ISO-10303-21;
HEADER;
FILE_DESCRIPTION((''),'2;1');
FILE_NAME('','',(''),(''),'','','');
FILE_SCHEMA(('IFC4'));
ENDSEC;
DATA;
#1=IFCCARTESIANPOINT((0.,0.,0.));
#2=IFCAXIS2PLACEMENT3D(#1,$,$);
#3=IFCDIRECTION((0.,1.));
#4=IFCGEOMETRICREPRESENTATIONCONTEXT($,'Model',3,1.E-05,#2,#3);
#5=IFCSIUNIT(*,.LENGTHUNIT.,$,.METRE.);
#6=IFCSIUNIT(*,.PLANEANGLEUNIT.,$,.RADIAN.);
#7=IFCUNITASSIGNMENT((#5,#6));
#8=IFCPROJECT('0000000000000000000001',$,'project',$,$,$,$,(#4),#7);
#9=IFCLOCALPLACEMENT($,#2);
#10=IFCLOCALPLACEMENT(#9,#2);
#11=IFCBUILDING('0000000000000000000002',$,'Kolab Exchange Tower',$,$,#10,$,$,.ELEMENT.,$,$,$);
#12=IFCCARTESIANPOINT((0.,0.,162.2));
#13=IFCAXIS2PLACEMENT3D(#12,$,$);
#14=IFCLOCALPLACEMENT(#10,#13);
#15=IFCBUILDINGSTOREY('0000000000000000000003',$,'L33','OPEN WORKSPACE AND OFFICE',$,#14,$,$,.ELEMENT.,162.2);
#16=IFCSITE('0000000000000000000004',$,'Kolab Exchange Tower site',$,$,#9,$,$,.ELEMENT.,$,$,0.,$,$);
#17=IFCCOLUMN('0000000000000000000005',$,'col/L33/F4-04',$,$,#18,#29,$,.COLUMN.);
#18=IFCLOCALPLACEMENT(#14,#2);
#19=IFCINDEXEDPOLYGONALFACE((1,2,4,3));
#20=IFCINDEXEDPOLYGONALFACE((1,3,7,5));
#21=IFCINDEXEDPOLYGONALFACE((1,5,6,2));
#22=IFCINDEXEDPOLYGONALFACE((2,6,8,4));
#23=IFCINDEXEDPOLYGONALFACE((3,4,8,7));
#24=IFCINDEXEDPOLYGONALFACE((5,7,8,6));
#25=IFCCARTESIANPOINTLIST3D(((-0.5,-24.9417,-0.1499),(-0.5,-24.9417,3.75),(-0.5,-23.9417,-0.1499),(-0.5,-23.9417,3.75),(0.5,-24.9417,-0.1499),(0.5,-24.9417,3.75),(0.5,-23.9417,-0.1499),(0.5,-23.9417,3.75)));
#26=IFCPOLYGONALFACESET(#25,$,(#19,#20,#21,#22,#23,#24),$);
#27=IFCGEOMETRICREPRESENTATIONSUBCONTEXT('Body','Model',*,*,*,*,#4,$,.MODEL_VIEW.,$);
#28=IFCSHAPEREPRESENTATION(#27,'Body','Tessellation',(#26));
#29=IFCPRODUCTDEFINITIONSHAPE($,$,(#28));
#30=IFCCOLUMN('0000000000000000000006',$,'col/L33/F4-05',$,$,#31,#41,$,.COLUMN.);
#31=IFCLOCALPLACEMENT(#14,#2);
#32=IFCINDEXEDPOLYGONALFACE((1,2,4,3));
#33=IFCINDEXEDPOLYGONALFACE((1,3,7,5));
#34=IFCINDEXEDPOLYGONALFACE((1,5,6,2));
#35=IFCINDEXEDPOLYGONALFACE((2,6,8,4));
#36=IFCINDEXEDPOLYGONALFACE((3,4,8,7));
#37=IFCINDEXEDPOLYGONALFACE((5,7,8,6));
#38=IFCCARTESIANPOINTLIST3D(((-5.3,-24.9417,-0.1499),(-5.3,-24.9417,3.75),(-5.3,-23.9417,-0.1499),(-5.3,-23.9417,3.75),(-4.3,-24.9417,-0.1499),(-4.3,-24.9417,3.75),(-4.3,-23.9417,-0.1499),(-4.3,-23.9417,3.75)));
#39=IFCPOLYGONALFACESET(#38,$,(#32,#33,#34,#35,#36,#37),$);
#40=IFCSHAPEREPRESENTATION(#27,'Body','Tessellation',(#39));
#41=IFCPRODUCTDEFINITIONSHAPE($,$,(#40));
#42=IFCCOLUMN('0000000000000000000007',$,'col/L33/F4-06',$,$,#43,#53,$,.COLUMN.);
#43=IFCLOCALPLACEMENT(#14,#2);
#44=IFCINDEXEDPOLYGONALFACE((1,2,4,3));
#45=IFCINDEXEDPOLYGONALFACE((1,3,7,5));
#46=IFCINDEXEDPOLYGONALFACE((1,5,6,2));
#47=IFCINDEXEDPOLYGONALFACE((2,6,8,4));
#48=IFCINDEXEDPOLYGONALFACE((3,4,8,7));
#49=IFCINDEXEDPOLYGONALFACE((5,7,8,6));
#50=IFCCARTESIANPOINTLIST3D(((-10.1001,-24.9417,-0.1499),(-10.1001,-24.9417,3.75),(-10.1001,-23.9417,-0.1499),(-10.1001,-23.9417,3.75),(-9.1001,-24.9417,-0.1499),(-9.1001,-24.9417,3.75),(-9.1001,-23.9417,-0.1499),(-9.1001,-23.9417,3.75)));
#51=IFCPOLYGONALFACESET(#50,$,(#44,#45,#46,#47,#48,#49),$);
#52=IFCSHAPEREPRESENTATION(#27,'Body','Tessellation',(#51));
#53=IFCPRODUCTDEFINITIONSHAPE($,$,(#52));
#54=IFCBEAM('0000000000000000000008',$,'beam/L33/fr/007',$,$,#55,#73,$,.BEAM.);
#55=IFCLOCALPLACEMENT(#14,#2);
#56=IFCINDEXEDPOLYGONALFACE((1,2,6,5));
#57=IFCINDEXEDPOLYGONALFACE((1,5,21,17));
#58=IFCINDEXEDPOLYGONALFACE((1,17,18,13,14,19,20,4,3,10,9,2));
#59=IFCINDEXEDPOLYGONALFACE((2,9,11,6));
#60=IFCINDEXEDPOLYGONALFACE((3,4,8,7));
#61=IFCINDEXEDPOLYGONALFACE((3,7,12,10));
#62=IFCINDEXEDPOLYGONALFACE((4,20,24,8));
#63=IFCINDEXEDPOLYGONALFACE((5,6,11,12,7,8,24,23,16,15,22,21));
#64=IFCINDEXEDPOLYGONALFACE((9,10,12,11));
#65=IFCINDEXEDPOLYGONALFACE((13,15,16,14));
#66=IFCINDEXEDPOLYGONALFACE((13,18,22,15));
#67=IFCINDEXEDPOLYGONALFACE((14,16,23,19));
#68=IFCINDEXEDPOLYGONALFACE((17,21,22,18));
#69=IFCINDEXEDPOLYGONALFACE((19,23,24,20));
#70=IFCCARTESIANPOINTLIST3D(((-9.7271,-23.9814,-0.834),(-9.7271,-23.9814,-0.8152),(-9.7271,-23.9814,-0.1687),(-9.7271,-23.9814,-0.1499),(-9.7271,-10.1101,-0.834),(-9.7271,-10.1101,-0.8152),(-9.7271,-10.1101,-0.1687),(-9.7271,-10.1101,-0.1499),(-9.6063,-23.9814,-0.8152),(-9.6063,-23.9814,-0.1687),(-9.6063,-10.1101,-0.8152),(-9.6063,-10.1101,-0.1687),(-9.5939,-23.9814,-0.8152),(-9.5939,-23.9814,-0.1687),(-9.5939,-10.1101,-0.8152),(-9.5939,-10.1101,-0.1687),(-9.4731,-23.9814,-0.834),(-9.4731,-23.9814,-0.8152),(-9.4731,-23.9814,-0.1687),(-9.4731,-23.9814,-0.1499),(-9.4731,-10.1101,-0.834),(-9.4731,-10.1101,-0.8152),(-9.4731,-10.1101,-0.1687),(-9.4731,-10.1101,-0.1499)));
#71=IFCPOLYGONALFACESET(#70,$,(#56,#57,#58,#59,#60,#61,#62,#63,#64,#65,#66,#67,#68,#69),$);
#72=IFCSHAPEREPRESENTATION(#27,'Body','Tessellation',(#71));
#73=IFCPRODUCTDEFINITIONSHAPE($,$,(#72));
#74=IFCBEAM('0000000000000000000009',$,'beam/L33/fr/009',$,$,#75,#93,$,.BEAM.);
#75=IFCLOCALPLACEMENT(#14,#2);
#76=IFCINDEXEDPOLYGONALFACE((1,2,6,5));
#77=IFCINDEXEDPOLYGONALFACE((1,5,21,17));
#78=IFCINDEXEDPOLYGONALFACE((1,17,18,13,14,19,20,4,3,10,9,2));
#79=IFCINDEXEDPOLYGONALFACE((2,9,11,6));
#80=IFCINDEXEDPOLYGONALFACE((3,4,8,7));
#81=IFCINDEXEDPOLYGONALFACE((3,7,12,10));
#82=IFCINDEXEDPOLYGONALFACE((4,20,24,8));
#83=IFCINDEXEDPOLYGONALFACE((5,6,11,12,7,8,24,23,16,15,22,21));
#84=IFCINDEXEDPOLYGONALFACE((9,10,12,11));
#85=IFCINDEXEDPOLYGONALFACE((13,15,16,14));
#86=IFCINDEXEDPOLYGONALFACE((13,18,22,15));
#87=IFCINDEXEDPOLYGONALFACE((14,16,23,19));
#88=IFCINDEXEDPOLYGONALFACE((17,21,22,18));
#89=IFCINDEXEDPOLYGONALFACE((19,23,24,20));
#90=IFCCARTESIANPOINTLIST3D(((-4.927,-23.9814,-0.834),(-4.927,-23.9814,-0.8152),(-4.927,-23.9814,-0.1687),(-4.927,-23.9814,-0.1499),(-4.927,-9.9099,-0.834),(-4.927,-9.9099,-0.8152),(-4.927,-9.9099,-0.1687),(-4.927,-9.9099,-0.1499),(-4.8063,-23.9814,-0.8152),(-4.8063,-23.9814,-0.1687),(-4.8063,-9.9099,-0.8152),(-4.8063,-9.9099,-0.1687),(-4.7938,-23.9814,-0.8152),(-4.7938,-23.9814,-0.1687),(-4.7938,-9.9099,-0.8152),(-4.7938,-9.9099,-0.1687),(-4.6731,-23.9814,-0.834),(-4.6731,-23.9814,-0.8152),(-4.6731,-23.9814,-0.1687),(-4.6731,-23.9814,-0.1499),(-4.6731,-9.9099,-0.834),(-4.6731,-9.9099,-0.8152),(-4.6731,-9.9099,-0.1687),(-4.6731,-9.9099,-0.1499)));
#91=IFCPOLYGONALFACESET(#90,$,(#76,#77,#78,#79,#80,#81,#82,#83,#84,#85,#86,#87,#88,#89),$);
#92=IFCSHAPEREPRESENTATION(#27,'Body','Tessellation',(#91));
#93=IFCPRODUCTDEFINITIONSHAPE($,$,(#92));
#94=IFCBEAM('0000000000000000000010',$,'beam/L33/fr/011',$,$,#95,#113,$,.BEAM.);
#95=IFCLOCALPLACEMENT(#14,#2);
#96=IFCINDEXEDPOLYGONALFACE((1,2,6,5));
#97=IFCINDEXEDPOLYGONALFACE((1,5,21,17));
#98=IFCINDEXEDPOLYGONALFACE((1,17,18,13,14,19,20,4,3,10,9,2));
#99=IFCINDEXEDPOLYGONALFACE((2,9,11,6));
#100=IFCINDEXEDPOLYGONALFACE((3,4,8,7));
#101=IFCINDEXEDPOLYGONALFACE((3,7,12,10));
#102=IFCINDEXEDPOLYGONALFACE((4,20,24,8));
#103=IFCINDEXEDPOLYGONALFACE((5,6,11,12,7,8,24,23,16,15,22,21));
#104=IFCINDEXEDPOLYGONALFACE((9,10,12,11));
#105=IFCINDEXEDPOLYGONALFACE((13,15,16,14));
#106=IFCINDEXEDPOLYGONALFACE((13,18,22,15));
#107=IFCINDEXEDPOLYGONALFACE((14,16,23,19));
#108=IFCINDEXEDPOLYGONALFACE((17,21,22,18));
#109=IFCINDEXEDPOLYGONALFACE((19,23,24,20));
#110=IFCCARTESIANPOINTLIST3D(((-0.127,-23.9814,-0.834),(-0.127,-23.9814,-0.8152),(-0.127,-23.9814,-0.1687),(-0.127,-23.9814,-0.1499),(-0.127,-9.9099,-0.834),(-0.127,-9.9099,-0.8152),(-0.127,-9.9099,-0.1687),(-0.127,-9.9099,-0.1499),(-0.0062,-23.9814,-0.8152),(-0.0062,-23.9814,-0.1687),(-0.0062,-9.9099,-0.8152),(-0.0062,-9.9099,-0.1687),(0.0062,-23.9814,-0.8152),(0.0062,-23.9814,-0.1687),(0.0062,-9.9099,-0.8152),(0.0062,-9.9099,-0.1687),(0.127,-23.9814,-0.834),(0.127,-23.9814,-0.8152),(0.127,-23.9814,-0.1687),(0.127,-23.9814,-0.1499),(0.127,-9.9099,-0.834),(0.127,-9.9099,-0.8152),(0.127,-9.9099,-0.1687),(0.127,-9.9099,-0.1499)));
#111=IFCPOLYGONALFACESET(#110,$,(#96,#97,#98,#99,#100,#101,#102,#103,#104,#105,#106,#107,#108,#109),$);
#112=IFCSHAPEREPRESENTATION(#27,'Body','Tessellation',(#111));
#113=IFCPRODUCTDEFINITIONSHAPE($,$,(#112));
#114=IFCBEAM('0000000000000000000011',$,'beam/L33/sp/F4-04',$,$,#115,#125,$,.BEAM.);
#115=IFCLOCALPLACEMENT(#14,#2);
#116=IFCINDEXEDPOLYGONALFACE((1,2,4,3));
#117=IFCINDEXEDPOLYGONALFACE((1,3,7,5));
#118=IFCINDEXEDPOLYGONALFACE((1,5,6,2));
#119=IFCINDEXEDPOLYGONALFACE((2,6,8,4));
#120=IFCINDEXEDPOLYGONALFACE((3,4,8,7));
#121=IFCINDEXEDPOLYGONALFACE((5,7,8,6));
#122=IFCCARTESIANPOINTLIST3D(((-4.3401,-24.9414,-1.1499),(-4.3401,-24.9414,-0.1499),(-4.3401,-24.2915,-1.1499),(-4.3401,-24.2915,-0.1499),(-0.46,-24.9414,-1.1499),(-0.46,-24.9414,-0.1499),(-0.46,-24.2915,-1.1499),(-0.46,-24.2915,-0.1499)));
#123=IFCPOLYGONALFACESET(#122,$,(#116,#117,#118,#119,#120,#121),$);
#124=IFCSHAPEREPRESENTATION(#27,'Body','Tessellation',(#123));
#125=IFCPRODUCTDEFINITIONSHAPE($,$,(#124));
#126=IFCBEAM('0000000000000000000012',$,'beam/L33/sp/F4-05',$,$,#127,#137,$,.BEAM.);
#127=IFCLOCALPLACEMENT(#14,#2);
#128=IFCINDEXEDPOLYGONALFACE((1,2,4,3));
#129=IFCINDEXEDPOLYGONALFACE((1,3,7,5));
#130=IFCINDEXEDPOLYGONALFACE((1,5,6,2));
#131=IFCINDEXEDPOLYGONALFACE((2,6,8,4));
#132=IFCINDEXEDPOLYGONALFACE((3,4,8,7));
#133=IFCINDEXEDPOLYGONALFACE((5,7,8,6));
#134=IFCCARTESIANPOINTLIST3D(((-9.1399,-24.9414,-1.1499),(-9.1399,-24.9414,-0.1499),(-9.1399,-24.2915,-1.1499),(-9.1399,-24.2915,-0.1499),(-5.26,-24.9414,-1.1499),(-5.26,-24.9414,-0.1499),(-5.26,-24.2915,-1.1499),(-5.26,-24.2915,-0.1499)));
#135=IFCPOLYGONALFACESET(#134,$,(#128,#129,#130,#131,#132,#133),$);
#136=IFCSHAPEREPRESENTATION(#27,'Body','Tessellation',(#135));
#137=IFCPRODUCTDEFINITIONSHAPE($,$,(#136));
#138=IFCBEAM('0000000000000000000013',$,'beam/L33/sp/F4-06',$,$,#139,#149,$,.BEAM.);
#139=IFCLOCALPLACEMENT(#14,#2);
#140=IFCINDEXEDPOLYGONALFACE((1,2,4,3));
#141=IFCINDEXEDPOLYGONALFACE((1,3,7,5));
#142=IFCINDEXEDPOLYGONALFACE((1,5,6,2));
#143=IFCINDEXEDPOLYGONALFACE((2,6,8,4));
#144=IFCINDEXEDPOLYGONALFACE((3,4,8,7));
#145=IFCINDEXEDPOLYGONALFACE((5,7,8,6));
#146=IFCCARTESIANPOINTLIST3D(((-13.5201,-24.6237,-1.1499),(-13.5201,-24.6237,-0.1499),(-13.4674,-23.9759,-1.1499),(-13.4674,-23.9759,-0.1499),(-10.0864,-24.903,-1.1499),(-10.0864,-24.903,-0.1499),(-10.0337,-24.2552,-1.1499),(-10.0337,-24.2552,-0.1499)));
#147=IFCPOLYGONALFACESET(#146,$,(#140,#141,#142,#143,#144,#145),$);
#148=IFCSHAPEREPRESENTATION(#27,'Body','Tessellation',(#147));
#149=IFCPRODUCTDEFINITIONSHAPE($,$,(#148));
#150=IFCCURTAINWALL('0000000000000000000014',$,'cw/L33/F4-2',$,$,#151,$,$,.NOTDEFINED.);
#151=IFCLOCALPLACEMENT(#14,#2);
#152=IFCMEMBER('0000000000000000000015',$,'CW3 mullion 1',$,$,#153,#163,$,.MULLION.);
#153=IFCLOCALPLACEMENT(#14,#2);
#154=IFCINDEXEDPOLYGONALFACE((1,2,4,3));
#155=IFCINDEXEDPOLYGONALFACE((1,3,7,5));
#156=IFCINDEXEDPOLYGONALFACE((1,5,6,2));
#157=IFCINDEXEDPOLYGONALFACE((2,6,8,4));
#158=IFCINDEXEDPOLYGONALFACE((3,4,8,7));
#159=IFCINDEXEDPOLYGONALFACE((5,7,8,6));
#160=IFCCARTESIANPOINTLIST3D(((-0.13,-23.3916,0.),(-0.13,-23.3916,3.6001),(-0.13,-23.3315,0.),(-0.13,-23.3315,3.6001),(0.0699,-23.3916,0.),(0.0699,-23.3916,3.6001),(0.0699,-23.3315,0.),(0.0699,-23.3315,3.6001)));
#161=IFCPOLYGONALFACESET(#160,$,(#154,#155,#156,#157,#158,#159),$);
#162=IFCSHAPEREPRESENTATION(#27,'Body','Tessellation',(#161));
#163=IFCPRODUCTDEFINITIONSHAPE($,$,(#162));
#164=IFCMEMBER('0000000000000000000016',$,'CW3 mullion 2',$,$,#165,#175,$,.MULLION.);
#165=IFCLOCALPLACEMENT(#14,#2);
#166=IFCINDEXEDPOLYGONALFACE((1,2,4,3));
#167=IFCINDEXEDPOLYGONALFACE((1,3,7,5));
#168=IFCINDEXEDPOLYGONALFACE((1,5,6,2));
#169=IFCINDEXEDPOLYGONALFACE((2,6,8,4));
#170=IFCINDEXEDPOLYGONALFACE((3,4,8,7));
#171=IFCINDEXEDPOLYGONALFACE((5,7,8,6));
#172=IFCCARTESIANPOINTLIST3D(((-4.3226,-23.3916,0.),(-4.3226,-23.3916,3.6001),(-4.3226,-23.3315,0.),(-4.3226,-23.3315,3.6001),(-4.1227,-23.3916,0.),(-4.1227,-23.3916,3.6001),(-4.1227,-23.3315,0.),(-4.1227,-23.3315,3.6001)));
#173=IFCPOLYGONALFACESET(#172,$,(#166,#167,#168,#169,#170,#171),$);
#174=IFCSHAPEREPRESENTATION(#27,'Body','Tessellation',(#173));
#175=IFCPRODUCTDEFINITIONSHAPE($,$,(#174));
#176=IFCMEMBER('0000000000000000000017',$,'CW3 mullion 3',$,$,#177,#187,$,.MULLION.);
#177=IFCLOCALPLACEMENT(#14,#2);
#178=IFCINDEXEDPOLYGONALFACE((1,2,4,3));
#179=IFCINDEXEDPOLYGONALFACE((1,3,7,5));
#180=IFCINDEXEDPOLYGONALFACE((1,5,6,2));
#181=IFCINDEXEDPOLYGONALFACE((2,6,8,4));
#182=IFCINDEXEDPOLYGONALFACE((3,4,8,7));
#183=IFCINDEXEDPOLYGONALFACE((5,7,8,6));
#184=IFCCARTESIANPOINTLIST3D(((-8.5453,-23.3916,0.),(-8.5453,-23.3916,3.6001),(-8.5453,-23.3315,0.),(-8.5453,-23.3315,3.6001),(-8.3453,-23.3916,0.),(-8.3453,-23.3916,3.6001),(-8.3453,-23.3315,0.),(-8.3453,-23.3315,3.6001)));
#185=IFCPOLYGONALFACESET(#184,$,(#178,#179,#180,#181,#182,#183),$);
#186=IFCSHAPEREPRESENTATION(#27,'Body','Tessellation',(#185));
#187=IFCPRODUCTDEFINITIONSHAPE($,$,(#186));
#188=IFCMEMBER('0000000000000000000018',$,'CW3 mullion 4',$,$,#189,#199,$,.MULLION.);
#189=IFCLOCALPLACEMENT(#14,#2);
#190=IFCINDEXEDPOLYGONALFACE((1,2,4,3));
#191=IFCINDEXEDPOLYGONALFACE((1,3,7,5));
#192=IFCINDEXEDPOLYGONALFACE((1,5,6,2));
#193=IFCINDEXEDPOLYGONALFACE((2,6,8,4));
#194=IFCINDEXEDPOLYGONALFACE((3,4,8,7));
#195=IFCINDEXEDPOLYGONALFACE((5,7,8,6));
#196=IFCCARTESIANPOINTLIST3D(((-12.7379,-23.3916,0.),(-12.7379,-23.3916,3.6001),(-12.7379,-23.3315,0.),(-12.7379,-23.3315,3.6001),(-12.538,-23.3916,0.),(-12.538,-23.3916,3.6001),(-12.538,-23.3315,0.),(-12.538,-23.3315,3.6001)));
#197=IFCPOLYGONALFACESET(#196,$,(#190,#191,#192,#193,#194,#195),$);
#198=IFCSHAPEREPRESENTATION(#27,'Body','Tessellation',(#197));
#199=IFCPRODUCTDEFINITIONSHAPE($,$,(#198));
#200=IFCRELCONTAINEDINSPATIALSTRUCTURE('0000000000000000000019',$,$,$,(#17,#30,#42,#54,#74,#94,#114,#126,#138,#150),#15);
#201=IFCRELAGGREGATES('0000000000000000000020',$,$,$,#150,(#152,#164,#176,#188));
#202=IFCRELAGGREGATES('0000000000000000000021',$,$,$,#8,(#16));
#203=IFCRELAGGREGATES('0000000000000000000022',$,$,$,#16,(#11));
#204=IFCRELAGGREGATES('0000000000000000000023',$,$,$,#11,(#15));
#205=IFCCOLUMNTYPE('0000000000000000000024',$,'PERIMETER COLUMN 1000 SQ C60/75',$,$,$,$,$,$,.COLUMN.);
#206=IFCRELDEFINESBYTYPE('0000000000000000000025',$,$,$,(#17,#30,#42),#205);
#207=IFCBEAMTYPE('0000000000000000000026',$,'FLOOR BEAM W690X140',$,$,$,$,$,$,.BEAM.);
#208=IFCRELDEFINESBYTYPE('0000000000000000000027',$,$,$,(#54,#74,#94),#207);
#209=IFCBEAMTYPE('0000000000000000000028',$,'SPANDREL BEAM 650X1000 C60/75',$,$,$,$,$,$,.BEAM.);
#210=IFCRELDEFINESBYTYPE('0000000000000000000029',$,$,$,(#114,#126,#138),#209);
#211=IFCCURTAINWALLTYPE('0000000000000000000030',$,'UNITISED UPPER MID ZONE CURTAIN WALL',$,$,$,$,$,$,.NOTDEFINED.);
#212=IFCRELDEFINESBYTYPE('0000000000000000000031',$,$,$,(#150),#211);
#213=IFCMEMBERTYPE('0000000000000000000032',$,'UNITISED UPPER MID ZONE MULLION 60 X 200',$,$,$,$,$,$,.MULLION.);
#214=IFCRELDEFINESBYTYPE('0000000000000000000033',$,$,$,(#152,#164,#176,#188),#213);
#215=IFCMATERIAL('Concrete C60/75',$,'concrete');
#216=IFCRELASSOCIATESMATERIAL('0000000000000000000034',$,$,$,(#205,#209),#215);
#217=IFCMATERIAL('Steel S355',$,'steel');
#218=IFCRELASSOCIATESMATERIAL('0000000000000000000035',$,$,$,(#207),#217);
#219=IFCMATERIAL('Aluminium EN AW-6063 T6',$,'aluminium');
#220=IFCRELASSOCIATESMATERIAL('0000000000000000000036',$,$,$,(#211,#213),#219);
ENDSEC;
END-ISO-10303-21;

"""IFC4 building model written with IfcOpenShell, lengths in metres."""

from ifc_helpers import new_model, si_unit, direction, frame, origin, origin_2d, place, context, subcontext, project, spatial, rectangle, i_section, extrude, material, material_profile, profile_set, type_object, element, aggregate, save


model = new_model("IFC4")

# Units and contexts
model_context = context("Model", 3, precision=1e-05, world=origin(), true_north=direction((0.0, 1.0)))
body_context = subcontext(model_context, "Body", "Model", "MODEL_VIEW")
ifc_project = project(units=[si_unit("LENGTHUNIT", "METRE"), si_unit("PLANEANGLEUNIT", "RADIAN")], contexts=[model_context])

# Site, building, storey
site_placement = place(None, origin())
site = spatial("IfcSite", under=ifc_project, at=site_placement, Name="Kolab Exchange Tower site", CompositionType="ELEMENT", RefElevation=0.0)
building_placement = place(site_placement, origin())
building = spatial("IfcBuilding", under=site, at=building_placement, Name="Kolab Exchange Tower", CompositionType="ELEMENT")
storey_placement = place(building_placement, frame((0.0, 0.0, 162.2)))
storey = spatial("IfcBuildingStorey", under=building, at=storey_placement, Name="L33", Description="OPEN WORKSPACE AND OFFICE", CompositionType="ELEMENT", Elevation=162.2)

# Columns
ifc_material_1 = material(Name="Concrete C60/75", Category="concrete")
ifc_material_profile_1 = material_profile(ifc_material_1, rectangle(XDim=1.0, YDim=1.0, at=origin_2d()), Name="RC1000")
ifc_profile_set_1 = profile_set([ifc_material_profile_1], Name="Concrete C60/75")
column_type = type_object("IfcColumnType", Name="PERIMETER COLUMN 1000 SQ C60/75", PredefinedType="COLUMN", material=ifc_profile_set_1)
for number, where, z_axis, x_axis, name in (
    (1, (0.0, -24.4417, -0.1499), (0.0, 0.0, 1.0), (1.0, 0.0, 0.0), "col/L33/F4-04"),
    (2, (-4.8, -24.4417, -0.1499), (0.0, 0.0, 1.0), (1.0, 0.0, 0.0), "col/L33/F4-05"),
    (3, (-9.6001, -24.4417, -0.1499), (0.0, 0.0, 1.0), (1.0, 0.0, 0.0), "col/L33/F4-06"),
):
    element("IfcColumn", number, at=place(storey_placement, frame(where, z_axis=z_axis, x_axis=x_axis)), inside=storey, type_object=column_type, Name=name, PredefinedType="COLUMN", context=body_context, shape_type="SweptSolid", body=[
        extrude(rectangle(XDim=1.0, YDim=1.0, at=origin_2d()), origin(), (0.0, 0.0, 1.0), 3.8999),
    ])

# Beams
ifc_material_2 = material(Name="Steel S355", Category="steel")
ifc_material_profile_2 = material_profile(ifc_material_2, i_section(OverallWidth=0.2539, OverallDepth=0.6841, WebThickness=0.0125, FlangeThickness=0.0188, at=origin_2d()), Name="W690X140")
ifc_profile_set_2 = profile_set([ifc_material_profile_2], Name="Steel S355")
beam_type_1 = type_object("IfcBeamType", Name="FLOOR BEAM W690X140", PredefinedType="BEAM", material=ifc_profile_set_2)
beam_1_placement = place(storey_placement, frame((-9.6001, -23.9814, -0.4919), z_axis=(0.0, 1.0, 0.0), x_axis=(-1.0, 0.0, 0.0)))
element("IfcBeam", 4, at=beam_1_placement, inside=storey, type_object=beam_type_1, Name="beam/L33/fr/007", PredefinedType="BEAM", context=body_context, shape_type="SweptSolid", body=[
    extrude(i_section(OverallWidth=0.2539, OverallDepth=0.6841, WebThickness=0.0125, FlangeThickness=0.0188, at=origin_2d()), origin(), (0.0, 0.0, 1.0), 13.8713),
])
for number, where, z_axis, x_axis, name in (
    (5, (-4.8, -23.9814, -0.4919), (0.0, 1.0, 0.0), (-1.0, 0.0, 0.0), "beam/L33/fr/009"),
    (6, (0.0, -23.9814, -0.4919), (0.0, 1.0, 0.0), (-1.0, 0.0, 0.0), "beam/L33/fr/011"),
):
    element("IfcBeam", number, at=place(storey_placement, frame(where, z_axis=z_axis, x_axis=x_axis)), inside=storey, type_object=beam_type_1, Name=name, PredefinedType="BEAM", context=body_context, shape_type="SweptSolid", body=[
        extrude(i_section(OverallWidth=0.2539, OverallDepth=0.6841, WebThickness=0.0125, FlangeThickness=0.0188, at=origin_2d()), origin(), (0.0, 0.0, 1.0), 14.0715),
    ])
ifc_material_profile_3 = material_profile(ifc_material_1, rectangle(XDim=0.6499, YDim=1.0, at=origin_2d()), Name="RC650X1000")
ifc_profile_set_3 = profile_set([ifc_material_profile_3], Name="Concrete C60/75")
beam_type_2 = type_object("IfcBeamType", Name="SPANDREL BEAM 650X1000 C60/75", PredefinedType="BEAM", material=ifc_profile_set_3)
beam_2_placement = place(storey_placement, frame((-0.46, -24.6165, -0.6499), z_axis=(-1.0, 0.0, 0.0), x_axis=(0.0, -1.0, 0.0)))
element("IfcBeam", 7, at=beam_2_placement, inside=storey, type_object=beam_type_2, Name="beam/L33/sp/F4-04", PredefinedType="BEAM", context=body_context, shape_type="SweptSolid", body=[
    extrude(rectangle(XDim=0.6499, YDim=1.0, at=origin_2d()), origin(), (0.0, 0.0, 1.0), 3.8801),
])
beam_3_placement = place(storey_placement, frame((-5.26, -24.6165, -0.6499), z_axis=(-1.0, 0.0, 0.0), x_axis=(0.0, -1.0, 0.0)))
element("IfcBeam", 8, at=beam_3_placement, inside=storey, type_object=beam_type_2, Name="beam/L33/sp/F4-05", PredefinedType="BEAM", context=body_context, shape_type="SweptSolid", body=[
    extrude(rectangle(XDim=0.6499, YDim=1.0, at=origin_2d()), origin(), (0.0, 0.0, 1.0), 3.8799),
])
beam_4_placement = place(storey_placement, frame((-10.0601, -24.5791, -0.6499), z_axis=(-0.996708, 0.081069, 0.0), x_axis=(-0.081069, -0.996708, 0.0)))
element("IfcBeam", 9, at=beam_4_placement, inside=storey, type_object=beam_type_2, Name="beam/L33/sp/F4-06", PredefinedType="BEAM", context=body_context, shape_type="SweptSolid", body=[
    extrude(rectangle(XDim=0.6499, YDim=1.0, at=origin_2d()), origin(), (0.0, 0.0, 1.0), 3.4451),
])

# Curtain wall, members
ifc_material_3 = material(Name="Aluminium EN AW-6063 T6", Category="aluminium")
curtain_wall_type = type_object("IfcCurtainWallType", Name="UNITISED UPPER MID ZONE CURTAIN WALL", PredefinedType="NOTDEFINED", material=ifc_material_3)
curtain_wall_1_placement = place(storey_placement, origin())
curtain_wall_1 = element("IfcCurtainWall", 10, at=curtain_wall_1_placement, inside=storey, type_object=curtain_wall_type, Name="cw/L33/F4-2", PredefinedType="NOTDEFINED")
ifc_material_profile_4 = material_profile(ifc_material_3, rectangle(XDim=0.0601, YDim=0.2, at=origin_2d()), Name="RECT 60X200")
ifc_profile_set_4 = profile_set([ifc_material_profile_4], Name="Aluminium EN AW-6063 T6")
member_type_1 = type_object("IfcMemberType", Name="UNITISED UPPER MID ZONE MULLION 60 X 200", PredefinedType="MULLION", material=ifc_profile_set_4)
member_1_placement = place(storey_placement, frame((-0.03, -23.3616, 0.0), z_axis=(0.0, 0.0, 1.0), x_axis=(0.0, -1.0, 0.0)))
member_1 = element("IfcMember", 11, at=member_1_placement, type_object=member_type_1, Name="CW3 mullion 1", PredefinedType="MULLION", context=body_context, shape_type="SweptSolid", body=[
    extrude(rectangle(XDim=0.0601, YDim=0.2, at=origin_2d()), origin(), (0.0, 0.0, 1.0), 3.6001),
])
member_2_placement = place(storey_placement, frame((-4.2227, -23.3616, 0.0), z_axis=(0.0, 0.0, 1.0), x_axis=(0.0, -1.0, 0.0)))
member_2 = element("IfcMember", 12, at=member_2_placement, type_object=member_type_1, Name="CW3 mullion 2", PredefinedType="MULLION", context=body_context, shape_type="SweptSolid", body=[
    extrude(rectangle(XDim=0.0601, YDim=0.2, at=origin_2d()), origin(), (0.0, 0.0, 1.0), 3.6001),
])
member_3_placement = place(storey_placement, frame((-8.4453, -23.3616, 0.0), z_axis=(0.0, 0.0, 1.0), x_axis=(0.0, -1.0, 0.0)))
member_3 = element("IfcMember", 13, at=member_3_placement, type_object=member_type_1, Name="CW3 mullion 3", PredefinedType="MULLION", context=body_context, shape_type="SweptSolid", body=[
    extrude(rectangle(XDim=0.0601, YDim=0.2, at=origin_2d()), origin(), (0.0, 0.0, 1.0), 3.6001),
])
member_4_placement = place(storey_placement, frame((-12.6379, -23.3616, 0.0), z_axis=(0.0, 0.0, 1.0), x_axis=(0.0, -1.0, 0.0)))
member_4 = element("IfcMember", 14, at=member_4_placement, type_object=member_type_1, Name="CW3 mullion 4", PredefinedType="MULLION", context=body_context, shape_type="SweptSolid", body=[
    extrude(rectangle(XDim=0.0601, YDim=0.2, at=origin_2d()), origin(), (0.0, 0.0, 1.0), 3.6001),
])

aggregate(curtain_wall_1, [member_1, member_2, member_3, member_4])

save(model, "model.ifc")
